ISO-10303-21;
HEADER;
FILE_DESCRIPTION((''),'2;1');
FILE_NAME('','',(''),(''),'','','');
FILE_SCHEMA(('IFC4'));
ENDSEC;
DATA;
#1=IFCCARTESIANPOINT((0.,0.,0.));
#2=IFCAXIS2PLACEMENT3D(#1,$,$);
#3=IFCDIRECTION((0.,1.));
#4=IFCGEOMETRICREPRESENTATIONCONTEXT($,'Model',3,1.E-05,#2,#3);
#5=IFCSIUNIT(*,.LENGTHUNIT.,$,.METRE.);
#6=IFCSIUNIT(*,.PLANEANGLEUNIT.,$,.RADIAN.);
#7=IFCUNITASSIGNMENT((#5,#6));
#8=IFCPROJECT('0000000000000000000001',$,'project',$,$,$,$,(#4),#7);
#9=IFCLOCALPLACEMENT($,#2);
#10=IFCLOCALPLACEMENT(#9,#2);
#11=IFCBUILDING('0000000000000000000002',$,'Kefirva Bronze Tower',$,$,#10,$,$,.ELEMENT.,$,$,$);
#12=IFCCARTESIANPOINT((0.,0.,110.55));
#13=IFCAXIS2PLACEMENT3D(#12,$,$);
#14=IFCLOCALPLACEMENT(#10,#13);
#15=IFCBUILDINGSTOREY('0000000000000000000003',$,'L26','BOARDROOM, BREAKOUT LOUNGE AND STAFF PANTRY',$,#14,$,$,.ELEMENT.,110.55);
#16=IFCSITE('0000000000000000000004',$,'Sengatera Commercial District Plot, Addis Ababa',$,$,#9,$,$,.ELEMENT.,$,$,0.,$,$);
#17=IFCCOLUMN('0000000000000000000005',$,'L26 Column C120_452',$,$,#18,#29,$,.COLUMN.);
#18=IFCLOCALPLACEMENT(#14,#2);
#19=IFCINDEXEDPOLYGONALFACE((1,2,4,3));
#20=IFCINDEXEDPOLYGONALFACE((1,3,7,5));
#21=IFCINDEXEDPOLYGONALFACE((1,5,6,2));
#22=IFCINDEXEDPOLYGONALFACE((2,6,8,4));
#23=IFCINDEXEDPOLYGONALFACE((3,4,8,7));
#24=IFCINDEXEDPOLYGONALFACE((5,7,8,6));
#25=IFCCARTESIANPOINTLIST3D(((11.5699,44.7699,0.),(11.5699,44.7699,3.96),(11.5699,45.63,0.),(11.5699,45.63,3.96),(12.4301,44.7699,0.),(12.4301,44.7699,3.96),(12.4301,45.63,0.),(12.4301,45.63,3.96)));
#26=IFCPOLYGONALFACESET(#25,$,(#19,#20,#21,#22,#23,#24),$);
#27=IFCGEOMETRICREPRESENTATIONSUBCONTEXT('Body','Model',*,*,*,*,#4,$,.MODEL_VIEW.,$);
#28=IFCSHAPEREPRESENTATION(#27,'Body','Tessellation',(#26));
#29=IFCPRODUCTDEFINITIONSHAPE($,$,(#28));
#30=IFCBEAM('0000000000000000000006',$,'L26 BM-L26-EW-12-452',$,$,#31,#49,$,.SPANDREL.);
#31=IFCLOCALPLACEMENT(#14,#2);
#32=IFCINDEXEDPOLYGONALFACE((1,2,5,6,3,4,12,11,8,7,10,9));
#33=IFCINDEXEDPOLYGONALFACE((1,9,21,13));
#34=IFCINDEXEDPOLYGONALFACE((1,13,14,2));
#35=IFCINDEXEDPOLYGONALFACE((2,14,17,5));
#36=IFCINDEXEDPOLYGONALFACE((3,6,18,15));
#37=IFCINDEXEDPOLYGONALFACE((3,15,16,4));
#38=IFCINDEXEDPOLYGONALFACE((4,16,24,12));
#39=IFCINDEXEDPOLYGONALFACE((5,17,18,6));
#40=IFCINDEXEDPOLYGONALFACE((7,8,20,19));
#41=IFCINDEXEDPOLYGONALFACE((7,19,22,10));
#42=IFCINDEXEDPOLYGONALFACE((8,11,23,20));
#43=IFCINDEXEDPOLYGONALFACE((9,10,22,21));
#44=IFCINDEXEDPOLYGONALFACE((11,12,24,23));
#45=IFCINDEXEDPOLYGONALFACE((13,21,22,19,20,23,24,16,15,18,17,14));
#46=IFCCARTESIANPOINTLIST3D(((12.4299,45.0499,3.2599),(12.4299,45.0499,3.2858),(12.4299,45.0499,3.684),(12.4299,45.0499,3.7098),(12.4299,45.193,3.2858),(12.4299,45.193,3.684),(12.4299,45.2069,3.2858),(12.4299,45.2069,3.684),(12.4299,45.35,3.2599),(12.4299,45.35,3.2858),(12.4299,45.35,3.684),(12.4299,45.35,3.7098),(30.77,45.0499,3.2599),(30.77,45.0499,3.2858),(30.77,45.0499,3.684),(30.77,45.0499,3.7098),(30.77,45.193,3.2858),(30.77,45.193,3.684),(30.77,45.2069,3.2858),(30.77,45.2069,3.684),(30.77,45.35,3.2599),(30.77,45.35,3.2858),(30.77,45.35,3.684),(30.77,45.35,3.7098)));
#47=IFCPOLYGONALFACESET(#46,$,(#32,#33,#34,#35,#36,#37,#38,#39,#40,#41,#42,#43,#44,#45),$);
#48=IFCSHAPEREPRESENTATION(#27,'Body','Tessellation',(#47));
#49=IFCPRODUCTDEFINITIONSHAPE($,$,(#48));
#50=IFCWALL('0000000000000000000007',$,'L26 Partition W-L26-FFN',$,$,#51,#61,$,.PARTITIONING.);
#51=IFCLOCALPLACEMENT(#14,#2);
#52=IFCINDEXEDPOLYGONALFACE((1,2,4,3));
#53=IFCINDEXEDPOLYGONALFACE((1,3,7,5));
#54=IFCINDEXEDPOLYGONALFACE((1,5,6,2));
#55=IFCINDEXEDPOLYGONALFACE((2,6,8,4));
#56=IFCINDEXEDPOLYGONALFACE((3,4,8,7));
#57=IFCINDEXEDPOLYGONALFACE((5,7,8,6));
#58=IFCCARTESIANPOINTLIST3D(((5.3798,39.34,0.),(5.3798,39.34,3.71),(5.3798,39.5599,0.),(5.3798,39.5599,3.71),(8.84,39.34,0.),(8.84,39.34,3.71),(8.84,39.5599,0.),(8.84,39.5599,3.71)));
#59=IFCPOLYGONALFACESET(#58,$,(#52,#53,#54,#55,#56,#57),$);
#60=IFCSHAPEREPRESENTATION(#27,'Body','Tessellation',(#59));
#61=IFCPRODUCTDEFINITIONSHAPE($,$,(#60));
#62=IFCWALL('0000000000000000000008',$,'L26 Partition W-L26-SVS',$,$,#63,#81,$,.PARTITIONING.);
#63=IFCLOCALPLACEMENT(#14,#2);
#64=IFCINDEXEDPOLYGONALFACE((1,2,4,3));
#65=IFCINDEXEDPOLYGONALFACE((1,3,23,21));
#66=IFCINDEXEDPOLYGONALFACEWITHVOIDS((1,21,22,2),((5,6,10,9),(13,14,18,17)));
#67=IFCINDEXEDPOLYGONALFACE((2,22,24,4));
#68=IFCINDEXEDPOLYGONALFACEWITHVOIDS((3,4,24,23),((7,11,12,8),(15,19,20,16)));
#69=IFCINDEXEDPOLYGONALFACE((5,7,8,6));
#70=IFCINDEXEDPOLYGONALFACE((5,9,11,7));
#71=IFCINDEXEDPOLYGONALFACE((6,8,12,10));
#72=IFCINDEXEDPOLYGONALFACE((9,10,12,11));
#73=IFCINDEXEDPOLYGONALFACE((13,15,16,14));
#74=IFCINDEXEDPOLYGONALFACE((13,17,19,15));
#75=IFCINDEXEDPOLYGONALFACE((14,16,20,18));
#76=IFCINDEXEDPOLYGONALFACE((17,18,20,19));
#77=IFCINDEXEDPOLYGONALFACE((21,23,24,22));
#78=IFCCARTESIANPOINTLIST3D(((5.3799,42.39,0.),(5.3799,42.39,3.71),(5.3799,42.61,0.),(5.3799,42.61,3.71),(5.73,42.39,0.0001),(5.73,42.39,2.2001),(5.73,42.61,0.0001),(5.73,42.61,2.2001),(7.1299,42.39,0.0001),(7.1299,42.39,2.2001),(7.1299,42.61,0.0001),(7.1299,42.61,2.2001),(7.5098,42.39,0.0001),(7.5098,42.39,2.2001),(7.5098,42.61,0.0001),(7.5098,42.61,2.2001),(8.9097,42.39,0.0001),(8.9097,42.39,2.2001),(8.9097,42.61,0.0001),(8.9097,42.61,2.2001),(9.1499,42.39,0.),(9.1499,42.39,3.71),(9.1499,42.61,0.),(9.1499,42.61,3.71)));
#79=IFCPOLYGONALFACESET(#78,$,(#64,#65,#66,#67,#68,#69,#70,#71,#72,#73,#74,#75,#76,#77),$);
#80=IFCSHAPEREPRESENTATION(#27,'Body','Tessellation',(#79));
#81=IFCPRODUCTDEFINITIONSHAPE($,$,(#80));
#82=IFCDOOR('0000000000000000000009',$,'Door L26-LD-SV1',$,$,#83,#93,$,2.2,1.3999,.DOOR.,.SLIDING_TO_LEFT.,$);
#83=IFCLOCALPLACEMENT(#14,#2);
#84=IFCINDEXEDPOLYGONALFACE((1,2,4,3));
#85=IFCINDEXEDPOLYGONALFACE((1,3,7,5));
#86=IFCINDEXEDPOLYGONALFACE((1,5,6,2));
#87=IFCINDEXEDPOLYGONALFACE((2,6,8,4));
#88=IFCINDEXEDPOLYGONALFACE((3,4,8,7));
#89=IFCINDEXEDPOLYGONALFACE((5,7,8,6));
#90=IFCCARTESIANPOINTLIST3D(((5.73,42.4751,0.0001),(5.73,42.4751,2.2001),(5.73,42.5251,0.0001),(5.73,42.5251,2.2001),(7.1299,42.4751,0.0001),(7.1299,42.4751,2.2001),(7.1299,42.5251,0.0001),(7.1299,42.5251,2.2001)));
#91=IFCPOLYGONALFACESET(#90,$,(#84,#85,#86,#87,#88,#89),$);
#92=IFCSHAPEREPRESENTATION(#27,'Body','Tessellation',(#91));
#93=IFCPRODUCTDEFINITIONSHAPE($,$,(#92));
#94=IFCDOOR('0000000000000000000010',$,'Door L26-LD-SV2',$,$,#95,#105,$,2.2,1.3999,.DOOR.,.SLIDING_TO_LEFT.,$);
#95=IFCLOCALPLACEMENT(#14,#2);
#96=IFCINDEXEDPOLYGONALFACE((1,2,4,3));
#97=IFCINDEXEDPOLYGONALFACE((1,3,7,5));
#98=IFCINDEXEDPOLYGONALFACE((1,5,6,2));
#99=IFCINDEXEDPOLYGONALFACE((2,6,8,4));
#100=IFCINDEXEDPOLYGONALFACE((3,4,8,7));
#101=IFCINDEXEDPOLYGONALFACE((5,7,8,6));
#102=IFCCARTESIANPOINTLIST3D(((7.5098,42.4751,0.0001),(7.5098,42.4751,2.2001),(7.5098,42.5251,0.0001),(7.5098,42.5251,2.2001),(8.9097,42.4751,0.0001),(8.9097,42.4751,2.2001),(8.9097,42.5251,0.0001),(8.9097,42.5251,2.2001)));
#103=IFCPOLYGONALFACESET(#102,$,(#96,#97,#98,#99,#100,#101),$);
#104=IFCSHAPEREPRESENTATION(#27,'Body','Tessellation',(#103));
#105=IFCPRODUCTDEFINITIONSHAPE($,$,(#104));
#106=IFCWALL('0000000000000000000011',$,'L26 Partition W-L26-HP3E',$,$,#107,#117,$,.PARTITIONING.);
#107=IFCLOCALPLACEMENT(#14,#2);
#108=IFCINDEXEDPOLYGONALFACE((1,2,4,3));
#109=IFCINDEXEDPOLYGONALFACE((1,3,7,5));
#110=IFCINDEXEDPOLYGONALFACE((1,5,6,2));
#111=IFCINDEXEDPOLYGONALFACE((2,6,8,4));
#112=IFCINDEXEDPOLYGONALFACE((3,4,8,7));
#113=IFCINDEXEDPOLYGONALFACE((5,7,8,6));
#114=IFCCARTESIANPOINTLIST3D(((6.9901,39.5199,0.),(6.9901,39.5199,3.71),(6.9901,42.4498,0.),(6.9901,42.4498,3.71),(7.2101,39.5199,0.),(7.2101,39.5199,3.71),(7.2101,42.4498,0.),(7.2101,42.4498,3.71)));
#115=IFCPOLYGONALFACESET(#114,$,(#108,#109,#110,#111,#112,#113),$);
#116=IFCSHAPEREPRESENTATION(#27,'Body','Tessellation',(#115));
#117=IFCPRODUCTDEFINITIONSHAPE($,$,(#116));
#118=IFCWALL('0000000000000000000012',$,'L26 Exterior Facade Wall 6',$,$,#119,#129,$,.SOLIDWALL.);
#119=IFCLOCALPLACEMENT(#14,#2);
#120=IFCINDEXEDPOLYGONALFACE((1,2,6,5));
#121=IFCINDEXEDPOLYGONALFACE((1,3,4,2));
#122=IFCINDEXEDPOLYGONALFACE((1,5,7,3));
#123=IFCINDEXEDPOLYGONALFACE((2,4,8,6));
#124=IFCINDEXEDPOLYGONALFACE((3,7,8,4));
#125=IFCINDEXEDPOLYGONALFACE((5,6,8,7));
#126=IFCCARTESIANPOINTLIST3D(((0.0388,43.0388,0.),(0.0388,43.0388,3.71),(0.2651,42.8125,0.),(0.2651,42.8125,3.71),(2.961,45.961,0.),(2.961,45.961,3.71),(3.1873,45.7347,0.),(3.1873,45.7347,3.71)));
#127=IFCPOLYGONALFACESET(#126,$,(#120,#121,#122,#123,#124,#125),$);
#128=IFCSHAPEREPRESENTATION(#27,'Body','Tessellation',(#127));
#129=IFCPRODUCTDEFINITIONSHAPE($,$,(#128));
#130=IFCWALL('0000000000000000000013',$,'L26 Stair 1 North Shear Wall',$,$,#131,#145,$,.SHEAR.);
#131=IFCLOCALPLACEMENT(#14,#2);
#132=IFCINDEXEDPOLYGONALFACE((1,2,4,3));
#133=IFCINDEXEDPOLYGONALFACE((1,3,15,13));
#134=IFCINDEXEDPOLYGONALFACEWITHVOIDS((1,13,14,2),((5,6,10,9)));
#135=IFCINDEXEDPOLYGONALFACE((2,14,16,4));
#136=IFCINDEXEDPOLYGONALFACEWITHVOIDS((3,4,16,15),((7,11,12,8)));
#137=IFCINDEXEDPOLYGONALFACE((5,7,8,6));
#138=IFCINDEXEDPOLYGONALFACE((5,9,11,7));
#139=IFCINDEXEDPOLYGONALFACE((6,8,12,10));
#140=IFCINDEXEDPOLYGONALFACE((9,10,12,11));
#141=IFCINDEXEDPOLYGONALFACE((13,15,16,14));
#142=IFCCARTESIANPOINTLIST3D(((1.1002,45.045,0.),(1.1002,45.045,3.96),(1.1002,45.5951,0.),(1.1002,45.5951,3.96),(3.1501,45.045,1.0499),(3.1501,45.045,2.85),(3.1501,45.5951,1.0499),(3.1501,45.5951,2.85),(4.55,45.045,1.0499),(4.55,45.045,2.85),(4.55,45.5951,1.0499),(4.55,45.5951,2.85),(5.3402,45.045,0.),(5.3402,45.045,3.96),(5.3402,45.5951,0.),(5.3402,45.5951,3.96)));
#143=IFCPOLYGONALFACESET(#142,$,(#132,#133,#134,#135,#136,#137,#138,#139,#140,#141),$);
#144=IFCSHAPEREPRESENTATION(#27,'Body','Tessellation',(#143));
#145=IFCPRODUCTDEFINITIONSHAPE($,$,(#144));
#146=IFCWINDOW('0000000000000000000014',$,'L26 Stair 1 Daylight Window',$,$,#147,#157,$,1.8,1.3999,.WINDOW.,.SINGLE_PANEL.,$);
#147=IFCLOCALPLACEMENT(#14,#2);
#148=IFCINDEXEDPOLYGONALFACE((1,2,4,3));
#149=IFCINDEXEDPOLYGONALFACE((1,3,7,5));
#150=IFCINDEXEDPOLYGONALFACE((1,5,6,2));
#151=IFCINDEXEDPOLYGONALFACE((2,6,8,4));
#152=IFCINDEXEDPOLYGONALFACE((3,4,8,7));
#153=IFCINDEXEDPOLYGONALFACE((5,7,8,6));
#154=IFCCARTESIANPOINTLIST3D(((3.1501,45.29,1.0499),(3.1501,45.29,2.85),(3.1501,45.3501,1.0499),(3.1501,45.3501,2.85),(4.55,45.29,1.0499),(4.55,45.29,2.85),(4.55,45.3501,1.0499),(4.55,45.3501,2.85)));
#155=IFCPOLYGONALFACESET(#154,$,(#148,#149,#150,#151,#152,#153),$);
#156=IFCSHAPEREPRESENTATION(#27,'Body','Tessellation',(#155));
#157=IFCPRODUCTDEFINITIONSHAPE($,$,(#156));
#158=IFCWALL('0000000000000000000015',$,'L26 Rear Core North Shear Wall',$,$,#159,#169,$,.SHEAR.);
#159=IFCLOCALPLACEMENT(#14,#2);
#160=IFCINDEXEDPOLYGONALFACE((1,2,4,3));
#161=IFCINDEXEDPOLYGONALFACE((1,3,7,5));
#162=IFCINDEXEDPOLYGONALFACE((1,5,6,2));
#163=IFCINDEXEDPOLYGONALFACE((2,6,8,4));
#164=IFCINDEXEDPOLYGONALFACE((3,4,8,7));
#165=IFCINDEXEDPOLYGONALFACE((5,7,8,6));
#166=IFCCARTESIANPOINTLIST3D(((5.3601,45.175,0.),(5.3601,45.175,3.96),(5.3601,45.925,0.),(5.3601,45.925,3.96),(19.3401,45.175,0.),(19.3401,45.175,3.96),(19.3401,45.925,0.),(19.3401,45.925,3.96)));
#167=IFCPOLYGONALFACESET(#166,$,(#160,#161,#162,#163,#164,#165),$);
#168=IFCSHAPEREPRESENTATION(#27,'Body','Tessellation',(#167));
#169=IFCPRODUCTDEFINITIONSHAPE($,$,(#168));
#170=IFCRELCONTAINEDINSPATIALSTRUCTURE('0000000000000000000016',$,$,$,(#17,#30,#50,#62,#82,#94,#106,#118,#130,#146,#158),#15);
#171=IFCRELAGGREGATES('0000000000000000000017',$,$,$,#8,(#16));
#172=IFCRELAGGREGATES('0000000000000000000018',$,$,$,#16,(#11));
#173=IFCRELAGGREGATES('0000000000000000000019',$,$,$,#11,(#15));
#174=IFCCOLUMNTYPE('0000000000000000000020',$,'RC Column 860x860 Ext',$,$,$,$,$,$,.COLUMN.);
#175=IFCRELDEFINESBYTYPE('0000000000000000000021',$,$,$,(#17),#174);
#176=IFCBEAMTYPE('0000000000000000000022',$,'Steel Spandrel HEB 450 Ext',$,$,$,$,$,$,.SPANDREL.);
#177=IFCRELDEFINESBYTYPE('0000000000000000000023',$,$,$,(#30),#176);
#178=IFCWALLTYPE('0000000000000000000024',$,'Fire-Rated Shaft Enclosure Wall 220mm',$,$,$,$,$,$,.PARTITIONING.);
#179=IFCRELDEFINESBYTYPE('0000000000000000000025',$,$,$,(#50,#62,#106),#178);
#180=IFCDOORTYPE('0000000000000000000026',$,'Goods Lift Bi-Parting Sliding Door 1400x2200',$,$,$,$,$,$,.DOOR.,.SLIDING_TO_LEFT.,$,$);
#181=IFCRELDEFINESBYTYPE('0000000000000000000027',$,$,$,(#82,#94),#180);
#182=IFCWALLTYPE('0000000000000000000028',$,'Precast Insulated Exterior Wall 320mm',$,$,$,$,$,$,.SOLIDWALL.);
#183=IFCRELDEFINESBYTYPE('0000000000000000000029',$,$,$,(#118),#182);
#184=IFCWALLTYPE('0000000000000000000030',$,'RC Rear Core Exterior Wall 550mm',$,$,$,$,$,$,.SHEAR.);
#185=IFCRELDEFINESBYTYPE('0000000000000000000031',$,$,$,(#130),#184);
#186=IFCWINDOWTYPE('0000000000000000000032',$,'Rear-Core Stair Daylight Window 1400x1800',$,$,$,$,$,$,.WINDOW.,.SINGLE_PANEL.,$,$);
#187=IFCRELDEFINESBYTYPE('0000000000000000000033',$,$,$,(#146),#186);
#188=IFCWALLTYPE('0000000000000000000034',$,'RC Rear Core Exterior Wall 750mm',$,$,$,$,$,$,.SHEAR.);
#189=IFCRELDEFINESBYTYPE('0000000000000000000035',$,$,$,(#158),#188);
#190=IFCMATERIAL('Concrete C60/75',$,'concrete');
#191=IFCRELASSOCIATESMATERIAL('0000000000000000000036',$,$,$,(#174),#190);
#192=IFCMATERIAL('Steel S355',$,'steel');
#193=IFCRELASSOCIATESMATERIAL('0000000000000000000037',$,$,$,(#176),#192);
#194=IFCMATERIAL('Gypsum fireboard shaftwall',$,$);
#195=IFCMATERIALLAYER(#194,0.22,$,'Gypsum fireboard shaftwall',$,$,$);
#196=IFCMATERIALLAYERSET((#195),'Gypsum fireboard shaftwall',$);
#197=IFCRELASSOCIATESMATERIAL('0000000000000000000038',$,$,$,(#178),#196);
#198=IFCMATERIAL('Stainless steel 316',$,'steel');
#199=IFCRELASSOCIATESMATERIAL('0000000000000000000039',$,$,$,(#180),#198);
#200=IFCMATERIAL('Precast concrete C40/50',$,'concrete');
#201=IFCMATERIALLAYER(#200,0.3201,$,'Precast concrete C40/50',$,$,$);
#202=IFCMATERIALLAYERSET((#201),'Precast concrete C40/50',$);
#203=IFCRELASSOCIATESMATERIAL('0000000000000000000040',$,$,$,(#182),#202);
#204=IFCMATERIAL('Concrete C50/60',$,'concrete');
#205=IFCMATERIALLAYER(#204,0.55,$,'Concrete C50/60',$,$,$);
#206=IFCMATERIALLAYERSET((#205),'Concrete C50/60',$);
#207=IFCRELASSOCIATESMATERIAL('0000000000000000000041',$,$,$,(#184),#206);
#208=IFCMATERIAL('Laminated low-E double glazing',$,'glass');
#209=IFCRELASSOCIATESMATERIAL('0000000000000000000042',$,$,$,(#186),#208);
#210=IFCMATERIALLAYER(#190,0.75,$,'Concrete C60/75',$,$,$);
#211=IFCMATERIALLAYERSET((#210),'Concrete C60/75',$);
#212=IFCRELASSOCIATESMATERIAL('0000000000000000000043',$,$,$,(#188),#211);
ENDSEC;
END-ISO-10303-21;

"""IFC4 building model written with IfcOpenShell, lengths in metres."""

from ifc_helpers import new_model, si_unit, direction, frame, frame_2d, origin, origin_2d, place, context, subcontext, project, spatial, rectangle, i_section, extrude, material, layer, layer_set, material_profile, profile_set, type_object, element, fill, save


model = new_model("IFC4")

# Units and contexts
model_context = context("Model", 3, precision=1e-05, world=origin(), true_north=direction((0.0, 1.0)))
body_context = subcontext(model_context, "Body", "Model", "MODEL_VIEW")
ifc_project = project(units=[si_unit("LENGTHUNIT", "METRE"), si_unit("PLANEANGLEUNIT", "RADIAN")], contexts=[model_context])

# Site, building, storey
site_placement = place(None, origin())
site = spatial("IfcSite", under=ifc_project, at=site_placement, Name="Sengatera Commercial District Plot, Addis Ababa", CompositionType="ELEMENT", RefElevation=0.0)
building_placement = place(site_placement, origin())
building = spatial("IfcBuilding", under=site, at=building_placement, Name="Kefirva Bronze Tower", CompositionType="ELEMENT")
storey_placement = place(building_placement, frame((0.0, 0.0, 110.55)))
storey = spatial("IfcBuildingStorey", under=building, at=storey_placement, Name="L26", Description="BOARDROOM, BREAKOUT LOUNGE AND STAFF PANTRY", CompositionType="ELEMENT", Elevation=110.55)

# Column
ifc_material_1 = material(Name="Concrete C60/75", Category="concrete")
ifc_material_profile_1 = material_profile(ifc_material_1, rectangle(XDim=0.8601, YDim=0.8601, at=origin_2d()), Name="RC 860x860")
ifc_profile_set_1 = profile_set([ifc_material_profile_1], Name="Concrete C60/75")
column_type = type_object("IfcColumnType", Name="RC Column 860x860 Ext", PredefinedType="COLUMN", material=ifc_profile_set_1)
column_placement = place(storey_placement, frame((12.0, 45.2, 0.0), z_axis=(0.0, 0.0, 1.0), x_axis=(1.0, 0.0, 0.0)))
element("IfcColumn", 1, at=column_placement, inside=storey, type_object=column_type, Name="L26 Column C120_452", PredefinedType="COLUMN", context=body_context, shape_type="SweptSolid", body=[
    extrude(rectangle(XDim=0.8601, YDim=0.8601, at=origin_2d()), origin(), (0.0, 0.0, 1.0), 3.96),
])

# Beam
ifc_material_2 = material(Name="Steel S355", Category="steel")
ifc_material_profile_2 = material_profile(ifc_material_2, i_section(OverallWidth=0.3, OverallDepth=0.45, WebThickness=0.0139, FlangeThickness=0.0259, at=origin_2d()), Name="HEB 450")
ifc_profile_set_2 = profile_set([ifc_material_profile_2], Name="Steel S355")
beam_type = type_object("IfcBeamType", Name="Steel Spandrel HEB 450 Ext", PredefinedType="SPANDREL", material=ifc_profile_set_2)
beam_placement = place(storey_placement, frame((12.4299, 45.2, 3.4849), z_axis=(1.0, 0.0, 0.0), x_axis=(0.0, 1.0, 0.0)))
element("IfcBeam", 2, at=beam_placement, inside=storey, type_object=beam_type, Name="L26 BM-L26-EW-12-452", PredefinedType="SPANDREL", context=body_context, shape_type="SweptSolid", body=[
    extrude(i_section(OverallWidth=0.3, OverallDepth=0.45, WebThickness=0.0139, FlangeThickness=0.0259, at=origin_2d()), origin(), (0.0, 0.0, 1.0), 18.3401),
])

# Wall
ifc_material_3 = material(Name="Gypsum fireboard shaftwall")
ifc_layer_1 = layer(ifc_material_3, 0.22, Name="Gypsum fireboard shaftwall")
ifc_layer_set_1 = layer_set([ifc_layer_1], Name="Gypsum fireboard shaftwall")
wall_type_1 = type_object("IfcWallType", Name="Fire-Rated Shaft Enclosure Wall 220mm", PredefinedType="PARTITIONING", material=ifc_layer_set_1)
wall_1_placement = place(storey_placement, frame((5.3799, 39.45, 0.0), z_axis=(0.0, 0.0, 1.0), x_axis=(1.0, 0.0, 0.0)))
element("IfcWall", 3, at=wall_1_placement, inside=storey, type_object=wall_type_1, Name="L26 Partition W-L26-FFN", PredefinedType="PARTITIONING", context=body_context, shape_type="SweptSolid", body=[
    extrude(rectangle(XDim=3.4602, YDim=0.22, at=frame_2d((1.73, 0.0))), origin(), (0.0, 0.0, 1.0), 3.71),
])

# Wall, openings, doors
wall_2_placement = place(storey_placement, frame((5.3799, 42.5, 0.0), z_axis=(0.0, 0.0, 1.0), x_axis=(1.0, 0.0, 0.0)))
wall_2 = element("IfcWall", 4, at=wall_2_placement, inside=storey, type_object=wall_type_1, Name="L26 Partition W-L26-SVS", PredefinedType="PARTITIONING", context=body_context, shape_type="SweptSolid", body=[
    extrude(rectangle(XDim=3.77, YDim=0.22, at=frame_2d((1.885, 0.0))), origin(), (0.0, 0.0, 1.0), 3.71),
])
opening_1_placement = place(wall_2_placement, frame((1.75, 0.0, 0.0), z_axis=(0.0, 0.0, 1.0), x_axis=(-1.0, 0.0, 0.0)))
opening_1 = element("IfcOpeningElement", 5, at=opening_1_placement, cuts=wall_2, PredefinedType="OPENING", context=body_context, shape_type="SweptSolid", body=[
    extrude(rectangle(XDim=1.3999, YDim=2.2, at=frame_2d((0.7, 1.1001))), frame((0.0, 0.1201, 0.0), z_axis=(0.0, -1.0, 0.0), x_axis=(1.0, 0.0, 0.0)), (0.0, 0.0, 1.0), 0.24),
])
opening_2_placement = place(wall_2_placement, frame((3.5298, 0.0, 0.0), z_axis=(0.0, 0.0, 1.0), x_axis=(-1.0, 0.0, 0.0)))
opening_2 = element("IfcOpeningElement", 6, at=opening_2_placement, cuts=wall_2, PredefinedType="OPENING", context=body_context, shape_type="SweptSolid", body=[
    extrude(rectangle(XDim=1.3999, YDim=2.2, at=frame_2d((0.7, 1.1001))), frame((0.0, 0.1201, 0.0), z_axis=(0.0, -1.0, 0.0), x_axis=(1.0, 0.0, 0.0)), (0.0, 0.0, 1.0), 0.24),
])
ifc_material_4 = material(Name="Stainless steel 316", Category="steel")
door_type_1 = type_object("IfcDoorType", Name="Goods Lift Bi-Parting Sliding Door 1400x2200", OperationType="SLIDING_TO_LEFT", PredefinedType="DOOR", material=ifc_material_4)
door_1_placement = place(opening_1_placement, origin())
door_1 = element("IfcDoor", 7, at=door_1_placement, inside=storey, type_object=door_type_1, Name="Door L26-LD-SV1", OperationType="SLIDING_TO_LEFT", OverallHeight=2.2, OverallWidth=1.3999, PredefinedType="DOOR", context=body_context, shape_type="SweptSolid", body=[
    extrude(rectangle(XDim=1.3999, YDim=2.2, at=frame_2d((0.7, 1.1001))), frame((0.0, 0.0249, 0.0), z_axis=(0.0, -1.0, 0.0), x_axis=(1.0, 0.0, 0.0)), (0.0, 0.0, 1.0), 0.05),
])
fill(opening_1, door_1)
door_2_placement = place(opening_2_placement, origin())
door_2 = element("IfcDoor", 8, at=door_2_placement, inside=storey, type_object=door_type_1, Name="Door L26-LD-SV2", OperationType="SLIDING_TO_LEFT", OverallHeight=2.2, OverallWidth=1.3999, PredefinedType="DOOR", context=body_context, shape_type="SweptSolid", body=[
    extrude(rectangle(XDim=1.3999, YDim=2.2, at=frame_2d((0.7, 1.1001))), frame((0.0, 0.0249, 0.0), z_axis=(0.0, -1.0, 0.0), x_axis=(1.0, 0.0, 0.0)), (0.0, 0.0, 1.0), 0.05),
])
fill(opening_2, door_2)

# Walls
wall_3_placement = place(storey_placement, frame((7.1001, 39.52, 0.0), z_axis=(0.0, 0.0, 1.0), x_axis=(0.0, 1.0, 0.0)))
element("IfcWall", 9, at=wall_3_placement, inside=storey, type_object=wall_type_1, Name="L26 Partition W-L26-HP3E", PredefinedType="PARTITIONING", context=body_context, shape_type="SweptSolid", body=[
    extrude(rectangle(XDim=2.9299, YDim=0.22, at=frame_2d((1.4648, 0.0))), origin(), (0.0, 0.0, 1.0), 3.71),
])
ifc_material_5 = material(Name="Precast concrete C40/50", Category="concrete")
ifc_layer_2 = layer(ifc_material_5, 0.3201, Name="Precast concrete C40/50")
ifc_layer_set_2 = layer_set([ifc_layer_2], Name="Precast concrete C40/50")
wall_type_2 = type_object("IfcWallType", Name="Precast Insulated Exterior Wall 320mm", PredefinedType="SOLIDWALL", material=ifc_layer_set_2)
wall_4_placement = place(storey_placement, frame((3.0742, 45.8479, 0.0), z_axis=(0.0, 0.0, 1.0), x_axis=(-0.707107, -0.707107, 0.0)))
element("IfcWall", 10, at=wall_4_placement, inside=storey, type_object=wall_type_2, Name="L26 Exterior Facade Wall 6", PredefinedType="SOLIDWALL", context=body_context, shape_type="SweptSolid", body=[
    extrude(rectangle(XDim=4.1326, YDim=0.3201, at=frame_2d((2.0664, 0.0))), origin(), (0.0, 0.0, 1.0), 3.71),
])

# Wall, opening, window
ifc_material_6 = material(Name="Concrete C50/60", Category="concrete")
ifc_layer_3 = layer(ifc_material_6, 0.55, Name="Concrete C50/60")
ifc_layer_set_3 = layer_set([ifc_layer_3], Name="Concrete C50/60")
wall_type_3 = type_object("IfcWallType", Name="RC Rear Core Exterior Wall 550mm", PredefinedType="SHEAR", material=ifc_layer_set_3)
wall_5_placement = place(storey_placement, frame((1.1001, 45.3201, 0.0), z_axis=(0.0, 0.0, 1.0), x_axis=(1.0, 0.0, 0.0)))
wall_5 = element("IfcWall", 11, at=wall_5_placement, inside=storey, type_object=wall_type_3, Name="L26 Stair 1 North Shear Wall", PredefinedType="SHEAR", context=body_context, shape_type="SweptSolid", body=[
    extrude(rectangle(XDim=4.24, YDim=0.55, at=frame_2d((2.1201, 0.0))), origin(), (0.0, 0.0, 1.0), 3.96),
])
opening_3_placement = place(wall_5_placement, frame((2.05, 0.0, 1.05)))
opening_3 = element("IfcOpeningElement", 12, at=opening_3_placement, cuts=wall_5, PredefinedType="OPENING", context=body_context, shape_type="SweptSolid", body=[
    extrude(rectangle(XDim=1.3999, YDim=1.8, at=frame_2d((0.7, 0.8999))), frame((0.0, 0.2852, 0.0), z_axis=(0.0, -1.0, 0.0), x_axis=(1.0, 0.0, 0.0)), (0.0, 0.0, 1.0), 0.5701),
])
ifc_material_7 = material(Name="Laminated low-E double glazing", Category="glass")
window_type = type_object("IfcWindowType", Name="Rear-Core Stair Daylight Window 1400x1800", PartitioningType="SINGLE_PANEL", PredefinedType="WINDOW", material=ifc_material_7)
window_placement = place(opening_3_placement, origin())
window = element("IfcWindow", 13, at=window_placement, inside=storey, type_object=window_type, Name="L26 Stair 1 Daylight Window", OverallHeight=1.8, OverallWidth=1.3999, PartitioningType="SINGLE_PANEL", PredefinedType="WINDOW", context=body_context, shape_type="SweptSolid", body=[
    extrude(rectangle(XDim=1.3999, YDim=1.8, at=frame_2d((0.7, 0.8999))), frame((0.0, 0.03, 0.0), z_axis=(0.0, -1.0, 0.0), x_axis=(1.0, 0.0, 0.0)), (0.0, 0.0, 1.0), 0.0601),
])
fill(opening_3, window)

# Wall
ifc_layer_4 = layer(ifc_material_1, 0.75, Name="Concrete C60/75")
ifc_layer_set_4 = layer_set([ifc_layer_4], Name="Concrete C60/75")
wall_type_4 = type_object("IfcWallType", Name="RC Rear Core Exterior Wall 750mm", PredefinedType="SHEAR", material=ifc_layer_set_4)
wall_6_placement = place(storey_placement, frame((5.3601, 45.55, 0.0), z_axis=(0.0, 0.0, 1.0), x_axis=(1.0, 0.0, 0.0)))
element("IfcWall", 14, at=wall_6_placement, inside=storey, type_object=wall_type_4, Name="L26 Rear Core North Shear Wall", PredefinedType="SHEAR", context=body_context, shape_type="SweptSolid", body=[
    extrude(rectangle(XDim=13.98, YDim=0.75, at=frame_2d((6.99, 0.0))), origin(), (0.0, 0.0, 1.0), 3.96),
])

save(model, "model.ifc")
